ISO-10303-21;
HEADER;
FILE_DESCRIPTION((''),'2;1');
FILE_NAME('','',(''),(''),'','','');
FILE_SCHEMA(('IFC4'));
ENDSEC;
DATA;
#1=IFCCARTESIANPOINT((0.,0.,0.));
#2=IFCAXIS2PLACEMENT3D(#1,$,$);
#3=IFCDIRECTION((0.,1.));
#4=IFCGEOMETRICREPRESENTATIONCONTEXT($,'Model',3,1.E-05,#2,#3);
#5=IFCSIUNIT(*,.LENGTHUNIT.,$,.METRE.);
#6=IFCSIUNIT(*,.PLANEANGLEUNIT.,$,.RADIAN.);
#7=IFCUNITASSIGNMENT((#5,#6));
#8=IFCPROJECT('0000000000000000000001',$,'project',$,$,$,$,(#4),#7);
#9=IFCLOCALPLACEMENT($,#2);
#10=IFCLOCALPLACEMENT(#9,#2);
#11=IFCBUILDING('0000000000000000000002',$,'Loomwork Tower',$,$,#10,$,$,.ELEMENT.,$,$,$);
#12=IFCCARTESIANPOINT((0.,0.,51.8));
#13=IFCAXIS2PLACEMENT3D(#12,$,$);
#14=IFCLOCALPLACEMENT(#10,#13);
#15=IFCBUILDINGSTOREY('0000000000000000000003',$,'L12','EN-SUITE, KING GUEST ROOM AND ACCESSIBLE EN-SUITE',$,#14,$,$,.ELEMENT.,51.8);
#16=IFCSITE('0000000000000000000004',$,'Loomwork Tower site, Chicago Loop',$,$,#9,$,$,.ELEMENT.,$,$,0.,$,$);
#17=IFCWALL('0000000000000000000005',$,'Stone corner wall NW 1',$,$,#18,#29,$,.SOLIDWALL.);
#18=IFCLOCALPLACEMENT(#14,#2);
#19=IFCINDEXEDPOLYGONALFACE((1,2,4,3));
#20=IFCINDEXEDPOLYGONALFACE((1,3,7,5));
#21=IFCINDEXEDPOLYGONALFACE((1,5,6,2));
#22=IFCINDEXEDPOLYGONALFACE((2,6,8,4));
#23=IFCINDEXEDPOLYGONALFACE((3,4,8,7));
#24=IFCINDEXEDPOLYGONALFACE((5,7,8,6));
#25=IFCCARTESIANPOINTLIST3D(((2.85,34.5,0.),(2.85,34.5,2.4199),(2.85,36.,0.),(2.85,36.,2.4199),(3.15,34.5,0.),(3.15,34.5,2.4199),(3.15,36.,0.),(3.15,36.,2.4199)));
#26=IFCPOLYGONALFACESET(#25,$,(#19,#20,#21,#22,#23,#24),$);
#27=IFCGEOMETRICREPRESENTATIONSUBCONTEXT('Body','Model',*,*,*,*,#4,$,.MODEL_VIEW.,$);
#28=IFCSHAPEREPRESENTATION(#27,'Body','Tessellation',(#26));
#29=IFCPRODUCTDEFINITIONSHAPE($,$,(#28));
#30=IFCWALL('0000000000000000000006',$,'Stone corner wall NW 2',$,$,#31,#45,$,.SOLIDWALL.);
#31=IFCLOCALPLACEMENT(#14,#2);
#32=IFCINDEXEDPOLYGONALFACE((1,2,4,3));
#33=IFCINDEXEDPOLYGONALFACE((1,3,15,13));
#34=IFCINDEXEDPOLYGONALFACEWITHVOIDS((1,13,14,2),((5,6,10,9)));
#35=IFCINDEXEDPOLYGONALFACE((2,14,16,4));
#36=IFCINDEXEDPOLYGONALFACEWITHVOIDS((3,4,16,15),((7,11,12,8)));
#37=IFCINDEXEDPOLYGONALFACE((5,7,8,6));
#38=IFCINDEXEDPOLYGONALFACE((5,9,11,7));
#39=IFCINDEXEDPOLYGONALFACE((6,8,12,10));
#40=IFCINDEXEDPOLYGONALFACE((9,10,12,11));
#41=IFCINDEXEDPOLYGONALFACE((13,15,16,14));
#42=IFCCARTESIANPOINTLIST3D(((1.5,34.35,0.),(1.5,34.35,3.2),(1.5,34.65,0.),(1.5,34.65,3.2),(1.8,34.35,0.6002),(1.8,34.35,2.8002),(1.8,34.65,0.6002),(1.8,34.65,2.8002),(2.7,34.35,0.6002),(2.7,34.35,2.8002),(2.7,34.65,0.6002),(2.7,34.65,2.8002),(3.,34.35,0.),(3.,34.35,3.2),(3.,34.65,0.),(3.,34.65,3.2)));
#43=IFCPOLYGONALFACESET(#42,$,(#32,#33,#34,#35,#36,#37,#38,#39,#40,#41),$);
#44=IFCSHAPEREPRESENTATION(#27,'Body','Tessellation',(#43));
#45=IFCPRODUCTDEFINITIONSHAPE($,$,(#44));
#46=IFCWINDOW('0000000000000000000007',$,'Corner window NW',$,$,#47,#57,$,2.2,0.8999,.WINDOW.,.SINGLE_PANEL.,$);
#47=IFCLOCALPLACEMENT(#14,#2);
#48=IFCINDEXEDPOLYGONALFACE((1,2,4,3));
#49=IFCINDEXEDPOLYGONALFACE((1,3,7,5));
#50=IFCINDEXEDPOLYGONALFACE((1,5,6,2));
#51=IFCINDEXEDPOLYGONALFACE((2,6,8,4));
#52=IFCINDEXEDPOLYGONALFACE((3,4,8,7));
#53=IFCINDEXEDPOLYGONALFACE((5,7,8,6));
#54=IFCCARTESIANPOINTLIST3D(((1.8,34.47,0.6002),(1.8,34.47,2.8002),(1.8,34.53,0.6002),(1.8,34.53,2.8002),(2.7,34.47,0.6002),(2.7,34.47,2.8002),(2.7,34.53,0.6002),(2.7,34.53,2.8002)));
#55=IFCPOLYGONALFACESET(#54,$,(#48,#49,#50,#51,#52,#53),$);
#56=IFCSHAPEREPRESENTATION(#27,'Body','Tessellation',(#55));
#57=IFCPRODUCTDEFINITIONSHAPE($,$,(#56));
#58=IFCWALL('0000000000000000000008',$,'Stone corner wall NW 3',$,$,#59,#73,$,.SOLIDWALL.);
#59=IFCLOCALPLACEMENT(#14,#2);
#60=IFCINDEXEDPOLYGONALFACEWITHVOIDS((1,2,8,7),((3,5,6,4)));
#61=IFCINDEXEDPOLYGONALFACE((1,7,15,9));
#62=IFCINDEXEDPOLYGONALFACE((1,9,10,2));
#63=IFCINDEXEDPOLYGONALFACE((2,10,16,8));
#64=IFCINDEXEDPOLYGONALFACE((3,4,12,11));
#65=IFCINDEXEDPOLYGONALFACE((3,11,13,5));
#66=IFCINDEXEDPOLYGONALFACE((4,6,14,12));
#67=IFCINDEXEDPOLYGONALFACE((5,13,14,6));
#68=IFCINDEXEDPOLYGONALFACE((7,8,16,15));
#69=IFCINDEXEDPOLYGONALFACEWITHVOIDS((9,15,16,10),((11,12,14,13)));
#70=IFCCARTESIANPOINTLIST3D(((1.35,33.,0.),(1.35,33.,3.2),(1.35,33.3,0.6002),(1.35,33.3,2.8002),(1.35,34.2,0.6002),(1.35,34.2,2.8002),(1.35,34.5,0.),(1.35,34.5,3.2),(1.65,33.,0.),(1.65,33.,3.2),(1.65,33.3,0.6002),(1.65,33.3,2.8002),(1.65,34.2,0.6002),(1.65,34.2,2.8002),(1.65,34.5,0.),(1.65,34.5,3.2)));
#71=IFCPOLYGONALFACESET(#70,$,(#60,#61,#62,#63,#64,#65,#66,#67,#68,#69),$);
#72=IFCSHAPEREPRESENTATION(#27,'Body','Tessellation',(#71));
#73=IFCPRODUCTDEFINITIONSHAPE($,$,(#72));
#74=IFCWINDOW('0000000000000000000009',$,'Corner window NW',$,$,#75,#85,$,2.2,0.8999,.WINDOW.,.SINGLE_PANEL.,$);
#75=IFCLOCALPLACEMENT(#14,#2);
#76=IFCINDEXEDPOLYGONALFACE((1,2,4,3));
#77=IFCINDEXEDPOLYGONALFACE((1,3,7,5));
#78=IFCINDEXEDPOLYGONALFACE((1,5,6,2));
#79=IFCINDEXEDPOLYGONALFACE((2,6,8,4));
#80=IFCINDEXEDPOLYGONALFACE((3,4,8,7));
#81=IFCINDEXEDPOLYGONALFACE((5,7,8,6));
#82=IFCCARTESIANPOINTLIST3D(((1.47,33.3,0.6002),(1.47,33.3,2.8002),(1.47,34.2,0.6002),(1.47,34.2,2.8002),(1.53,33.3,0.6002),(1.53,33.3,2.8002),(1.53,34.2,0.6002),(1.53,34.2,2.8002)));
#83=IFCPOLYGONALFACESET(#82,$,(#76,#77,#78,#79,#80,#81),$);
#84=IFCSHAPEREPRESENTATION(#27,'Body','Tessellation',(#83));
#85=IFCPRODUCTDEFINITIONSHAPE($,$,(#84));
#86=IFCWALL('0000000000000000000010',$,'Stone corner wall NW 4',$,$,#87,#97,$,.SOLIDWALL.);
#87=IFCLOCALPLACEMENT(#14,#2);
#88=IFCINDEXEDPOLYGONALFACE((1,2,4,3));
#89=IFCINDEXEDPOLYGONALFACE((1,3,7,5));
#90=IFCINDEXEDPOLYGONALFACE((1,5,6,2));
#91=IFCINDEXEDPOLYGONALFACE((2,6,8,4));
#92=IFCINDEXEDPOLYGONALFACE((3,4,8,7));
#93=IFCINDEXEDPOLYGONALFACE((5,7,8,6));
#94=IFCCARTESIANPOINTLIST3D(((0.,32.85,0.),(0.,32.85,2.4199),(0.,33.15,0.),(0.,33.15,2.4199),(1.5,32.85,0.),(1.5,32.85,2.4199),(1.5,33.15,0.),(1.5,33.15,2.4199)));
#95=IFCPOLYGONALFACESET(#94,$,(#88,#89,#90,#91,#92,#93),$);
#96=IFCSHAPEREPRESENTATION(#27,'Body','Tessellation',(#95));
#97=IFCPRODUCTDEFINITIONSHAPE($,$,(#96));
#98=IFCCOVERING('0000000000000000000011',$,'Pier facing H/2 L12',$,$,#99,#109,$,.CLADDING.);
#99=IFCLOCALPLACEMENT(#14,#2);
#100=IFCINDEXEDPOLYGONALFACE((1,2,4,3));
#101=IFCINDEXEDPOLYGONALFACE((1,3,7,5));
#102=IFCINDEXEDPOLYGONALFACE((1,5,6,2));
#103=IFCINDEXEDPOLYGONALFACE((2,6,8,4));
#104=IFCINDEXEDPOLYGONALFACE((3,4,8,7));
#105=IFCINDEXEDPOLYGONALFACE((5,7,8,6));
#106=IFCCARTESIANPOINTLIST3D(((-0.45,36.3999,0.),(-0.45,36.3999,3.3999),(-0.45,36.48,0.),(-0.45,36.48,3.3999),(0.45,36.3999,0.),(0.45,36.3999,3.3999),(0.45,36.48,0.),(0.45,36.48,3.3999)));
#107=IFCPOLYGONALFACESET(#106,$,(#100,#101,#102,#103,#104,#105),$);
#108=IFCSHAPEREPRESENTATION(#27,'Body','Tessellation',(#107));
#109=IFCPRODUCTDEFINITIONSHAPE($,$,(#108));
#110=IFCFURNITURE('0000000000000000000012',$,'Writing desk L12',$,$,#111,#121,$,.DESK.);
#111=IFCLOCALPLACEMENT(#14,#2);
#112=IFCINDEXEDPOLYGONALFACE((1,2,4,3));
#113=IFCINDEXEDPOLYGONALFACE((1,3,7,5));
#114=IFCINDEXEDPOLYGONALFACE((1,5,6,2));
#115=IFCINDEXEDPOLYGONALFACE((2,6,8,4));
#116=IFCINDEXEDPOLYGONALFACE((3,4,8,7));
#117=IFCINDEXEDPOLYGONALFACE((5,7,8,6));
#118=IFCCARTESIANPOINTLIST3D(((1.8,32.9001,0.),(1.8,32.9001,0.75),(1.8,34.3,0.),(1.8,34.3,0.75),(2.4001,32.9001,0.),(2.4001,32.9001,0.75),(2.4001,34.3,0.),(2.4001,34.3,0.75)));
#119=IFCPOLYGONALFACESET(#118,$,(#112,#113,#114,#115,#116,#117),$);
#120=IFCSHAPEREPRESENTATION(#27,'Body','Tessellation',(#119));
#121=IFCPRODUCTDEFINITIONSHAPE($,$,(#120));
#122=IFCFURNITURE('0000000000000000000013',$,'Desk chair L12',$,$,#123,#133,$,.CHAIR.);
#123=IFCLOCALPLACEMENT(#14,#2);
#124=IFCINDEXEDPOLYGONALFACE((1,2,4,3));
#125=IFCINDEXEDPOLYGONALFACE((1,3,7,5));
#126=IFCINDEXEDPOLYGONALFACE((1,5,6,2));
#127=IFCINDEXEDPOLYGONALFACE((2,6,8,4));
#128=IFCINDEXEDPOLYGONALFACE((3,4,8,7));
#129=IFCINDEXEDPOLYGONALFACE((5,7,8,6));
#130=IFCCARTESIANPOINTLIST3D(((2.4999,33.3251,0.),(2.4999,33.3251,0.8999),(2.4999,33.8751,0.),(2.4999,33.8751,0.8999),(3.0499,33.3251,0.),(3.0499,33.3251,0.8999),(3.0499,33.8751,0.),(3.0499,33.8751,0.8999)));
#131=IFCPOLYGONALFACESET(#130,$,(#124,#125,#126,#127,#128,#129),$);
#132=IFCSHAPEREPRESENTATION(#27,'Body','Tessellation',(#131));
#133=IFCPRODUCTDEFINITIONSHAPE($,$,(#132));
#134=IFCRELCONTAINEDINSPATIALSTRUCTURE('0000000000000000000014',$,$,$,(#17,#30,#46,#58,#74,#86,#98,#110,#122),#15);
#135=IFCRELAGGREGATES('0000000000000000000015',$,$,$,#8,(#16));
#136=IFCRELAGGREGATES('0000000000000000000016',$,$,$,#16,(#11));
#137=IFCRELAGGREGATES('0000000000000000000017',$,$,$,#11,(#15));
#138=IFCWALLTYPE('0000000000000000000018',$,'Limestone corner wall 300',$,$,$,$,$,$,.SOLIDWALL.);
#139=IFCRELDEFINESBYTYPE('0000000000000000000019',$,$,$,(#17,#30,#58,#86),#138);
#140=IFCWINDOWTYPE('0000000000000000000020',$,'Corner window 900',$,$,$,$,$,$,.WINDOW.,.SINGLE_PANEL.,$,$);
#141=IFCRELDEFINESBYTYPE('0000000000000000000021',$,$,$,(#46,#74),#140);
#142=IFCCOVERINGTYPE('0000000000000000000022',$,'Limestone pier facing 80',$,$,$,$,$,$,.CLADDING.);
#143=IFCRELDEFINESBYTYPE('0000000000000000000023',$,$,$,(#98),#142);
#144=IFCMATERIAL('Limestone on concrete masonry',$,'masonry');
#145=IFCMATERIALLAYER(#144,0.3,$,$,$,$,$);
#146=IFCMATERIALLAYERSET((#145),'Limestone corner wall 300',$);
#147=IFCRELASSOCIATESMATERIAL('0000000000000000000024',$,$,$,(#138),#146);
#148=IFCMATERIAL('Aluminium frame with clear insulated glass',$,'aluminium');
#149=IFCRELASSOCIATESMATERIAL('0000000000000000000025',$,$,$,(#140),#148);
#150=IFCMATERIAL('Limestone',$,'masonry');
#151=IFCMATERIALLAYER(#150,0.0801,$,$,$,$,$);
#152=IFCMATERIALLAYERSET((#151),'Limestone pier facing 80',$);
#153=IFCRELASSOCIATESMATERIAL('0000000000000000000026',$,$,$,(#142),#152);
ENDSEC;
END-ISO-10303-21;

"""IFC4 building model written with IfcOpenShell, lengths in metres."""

from ifc_helpers import new_model, si_unit, direction, frame, frame_2d, origin, origin_2d, place, context, subcontext, project, spatial, rectangle, extrude, material, layer, layer_set, type_object, element, fill, save


model = new_model("IFC4")

# Units and contexts
model_context = context("Model", 3, precision=1e-05, world=origin(), true_north=direction((0.0, 1.0)))
body_context = subcontext(model_context, "Body", "Model", "MODEL_VIEW")
ifc_project = project(units=[si_unit("LENGTHUNIT", "METRE"), si_unit("PLANEANGLEUNIT", "RADIAN")], contexts=[model_context])

# Site, building, storey
site_placement = place(None, origin())
site = spatial("IfcSite", under=ifc_project, at=site_placement, Name="Loomwork Tower site, Chicago Loop", CompositionType="ELEMENT", RefElevation=0.0)
building_placement = place(site_placement, origin())
building = spatial("IfcBuilding", under=site, at=building_placement, Name="Loomwork Tower", CompositionType="ELEMENT")
storey_placement = place(building_placement, frame((0.0, 0.0, 51.8)))
storey = spatial("IfcBuildingStorey", under=building, at=storey_placement, Name="L12", Description="EN-SUITE, KING GUEST ROOM AND ACCESSIBLE EN-SUITE", CompositionType="ELEMENT", Elevation=51.8)

# Wall
ifc_material_1 = material(Name="Limestone on concrete masonry", Category="masonry")
ifc_layer_1 = layer(ifc_material_1, 0.3)
ifc_layer_set_1 = layer_set([ifc_layer_1], Name="Limestone corner wall 300")
wall_type_1 = type_object("IfcWallType", Name="Limestone corner wall 300", PredefinedType="SOLIDWALL", material=ifc_layer_set_1)
wall_1_placement = place(storey_placement, frame((3.0, 36.0, 0.0), z_axis=(0.0, 0.0, 1.0), x_axis=(0.0, -1.0, 0.0)))
element("IfcWall", 1, at=wall_1_placement, inside=storey, type_object=wall_type_1, Name="Stone corner wall NW 1", PredefinedType="SOLIDWALL", context=body_context, shape_type="SweptSolid", body=[
    extrude(rectangle(XDim=1.5, YDim=0.3, at=frame_2d((0.75, 0.0))), origin(), (0.0, 0.0, 1.0), 2.4199),
])

# Walls, openings, windows
wall_2_placement = place(storey_placement, frame((3.0, 34.5, 0.0), z_axis=(0.0, 0.0, 1.0), x_axis=(-1.0, 0.0, 0.0)))
wall_2 = element("IfcWall", 2, at=wall_2_placement, inside=storey, type_object=wall_type_1, Name="Stone corner wall NW 2", PredefinedType="SOLIDWALL", context=body_context, shape_type="SweptSolid", body=[
    extrude(rectangle(XDim=1.5, YDim=0.3, at=frame_2d((0.75, 0.0))), origin(), (0.0, 0.0, 1.0), 3.2),
])
opening_1_placement = place(wall_2_placement, frame((0.3, 0.0, 0.6001)))
opening_1 = element("IfcOpeningElement", 3, at=opening_1_placement, cuts=wall_2, PredefinedType="OPENING", context=body_context, shape_type="SweptSolid", body=[
    extrude(rectangle(XDim=0.8999, YDim=2.2, at=frame_2d((0.45, 1.1001))), frame((0.0, 0.1599, 0.0), z_axis=(0.0, -1.0, 0.0), x_axis=(1.0, 0.0, 0.0)), (0.0, 0.0, 1.0), 0.3201),
])
ifc_material_2 = material(Name="Aluminium frame with clear insulated glass", Category="aluminium")
window_type_1 = type_object("IfcWindowType", Name="Corner window 900", PartitioningType="SINGLE_PANEL", PredefinedType="WINDOW", material=ifc_material_2)
window_1_placement = place(opening_1_placement, origin())
window_1 = element("IfcWindow", 4, at=window_1_placement, inside=storey, type_object=window_type_1, Name="Corner window NW", OverallHeight=2.2, OverallWidth=0.8999, PartitioningType="SINGLE_PANEL", PredefinedType="WINDOW", context=body_context, shape_type="SweptSolid", body=[
    extrude(rectangle(XDim=0.8999, YDim=2.2, at=frame_2d((0.45, 1.1001))), frame((0.0, 0.03, 0.0), z_axis=(0.0, -1.0, 0.0), x_axis=(1.0, 0.0, 0.0)), (0.0, 0.0, 1.0), 0.0601),
])
fill(opening_1, window_1)
wall_3_placement = place(storey_placement, frame((1.5, 34.5, 0.0), z_axis=(0.0, 0.0, 1.0), x_axis=(0.0, -1.0, 0.0)))
wall_3 = element("IfcWall", 5, at=wall_3_placement, inside=storey, type_object=wall_type_1, Name="Stone corner wall NW 3", PredefinedType="SOLIDWALL", context=body_context, shape_type="SweptSolid", body=[
    extrude(rectangle(XDim=1.5, YDim=0.3, at=frame_2d((0.75, 0.0))), origin(), (0.0, 0.0, 1.0), 3.2),
])
opening_2_placement = place(wall_3_placement, frame((0.3, 0.0, 0.6001)))
opening_2 = element("IfcOpeningElement", 6, at=opening_2_placement, cuts=wall_3, PredefinedType="OPENING", context=body_context, shape_type="SweptSolid", body=[
    extrude(rectangle(XDim=0.8999, YDim=2.2, at=frame_2d((0.45, 1.1001))), frame((0.0, 0.1599, 0.0), z_axis=(0.0, -1.0, 0.0), x_axis=(1.0, 0.0, 0.0)), (0.0, 0.0, 1.0), 0.3201),
])
window_2_placement = place(opening_2_placement, origin())
window_2 = element("IfcWindow", 7, at=window_2_placement, inside=storey, type_object=window_type_1, Name="Corner window NW", OverallHeight=2.2, OverallWidth=0.8999, PartitioningType="SINGLE_PANEL", PredefinedType="WINDOW", context=body_context, shape_type="SweptSolid", body=[
    extrude(rectangle(XDim=0.8999, YDim=2.2, at=frame_2d((0.45, 1.1001))), frame((0.0, 0.03, 0.0), z_axis=(0.0, -1.0, 0.0), x_axis=(1.0, 0.0, 0.0)), (0.0, 0.0, 1.0), 0.0601),
])
fill(opening_2, window_2)

# Wall
wall_4_placement = place(storey_placement, frame((1.5, 33.0, 0.0), z_axis=(0.0, 0.0, 1.0), x_axis=(-1.0, 0.0, 0.0)))
element("IfcWall", 8, at=wall_4_placement, inside=storey, type_object=wall_type_1, Name="Stone corner wall NW 4", PredefinedType="SOLIDWALL", context=body_context, shape_type="SweptSolid", body=[
    extrude(rectangle(XDim=1.5, YDim=0.3, at=frame_2d((0.75, 0.0))), origin(), (0.0, 0.0, 1.0), 2.4199),
])

# Covering
ifc_material_3 = material(Name="Limestone", Category="masonry")
ifc_layer_2 = layer(ifc_material_3, 0.0801)
ifc_layer_set_2 = layer_set([ifc_layer_2], Name="Limestone pier facing 80")
covering_type = type_object("IfcCoveringType", Name="Limestone pier facing 80", PredefinedType="CLADDING", material=ifc_layer_set_2)
covering_placement = place(storey_placement, frame((0.0, 36.4399, 0.0), z_axis=(0.0, 0.0, 1.0), x_axis=(1.0, 0.0, 0.0)))
element("IfcCovering", 9, at=covering_placement, inside=storey, type_object=covering_type, Name="Pier facing H/2 L12", PredefinedType="CLADDING", context=body_context, shape_type="SweptSolid", body=[
    extrude(rectangle(XDim=0.8999, YDim=0.0801, at=origin_2d()), origin(), (0.0, 0.0, 1.0), 3.3999),
])

# Furniture
furniture_1_placement = place(storey_placement, frame((2.1001, 33.6001, 0.0), z_axis=(0.0, 0.0, 1.0), x_axis=(1.0, 0.0, 0.0)))
element("IfcFurniture", 10, at=furniture_1_placement, inside=storey, Name="Writing desk L12", PredefinedType="DESK", context=body_context, shape_type="SweptSolid", body=[
    extrude(rectangle(XDim=0.6001, YDim=1.3999, at=origin_2d()), origin(), (0.0, 0.0, 1.0), 0.75),
])
furniture_2_placement = place(storey_placement, frame((2.7749, 33.6001, 0.0), z_axis=(0.0, 0.0, 1.0), x_axis=(1.0, 0.0, 0.0)))
element("IfcFurniture", 11, at=furniture_2_placement, inside=storey, Name="Desk chair L12", PredefinedType="CHAIR", context=body_context, shape_type="SweptSolid", body=[
    extrude(rectangle(XDim=0.55, YDim=0.55, at=origin_2d()), origin(), (0.0, 0.0, 1.0), 0.8999),
])

save(model, "model.ifc")
